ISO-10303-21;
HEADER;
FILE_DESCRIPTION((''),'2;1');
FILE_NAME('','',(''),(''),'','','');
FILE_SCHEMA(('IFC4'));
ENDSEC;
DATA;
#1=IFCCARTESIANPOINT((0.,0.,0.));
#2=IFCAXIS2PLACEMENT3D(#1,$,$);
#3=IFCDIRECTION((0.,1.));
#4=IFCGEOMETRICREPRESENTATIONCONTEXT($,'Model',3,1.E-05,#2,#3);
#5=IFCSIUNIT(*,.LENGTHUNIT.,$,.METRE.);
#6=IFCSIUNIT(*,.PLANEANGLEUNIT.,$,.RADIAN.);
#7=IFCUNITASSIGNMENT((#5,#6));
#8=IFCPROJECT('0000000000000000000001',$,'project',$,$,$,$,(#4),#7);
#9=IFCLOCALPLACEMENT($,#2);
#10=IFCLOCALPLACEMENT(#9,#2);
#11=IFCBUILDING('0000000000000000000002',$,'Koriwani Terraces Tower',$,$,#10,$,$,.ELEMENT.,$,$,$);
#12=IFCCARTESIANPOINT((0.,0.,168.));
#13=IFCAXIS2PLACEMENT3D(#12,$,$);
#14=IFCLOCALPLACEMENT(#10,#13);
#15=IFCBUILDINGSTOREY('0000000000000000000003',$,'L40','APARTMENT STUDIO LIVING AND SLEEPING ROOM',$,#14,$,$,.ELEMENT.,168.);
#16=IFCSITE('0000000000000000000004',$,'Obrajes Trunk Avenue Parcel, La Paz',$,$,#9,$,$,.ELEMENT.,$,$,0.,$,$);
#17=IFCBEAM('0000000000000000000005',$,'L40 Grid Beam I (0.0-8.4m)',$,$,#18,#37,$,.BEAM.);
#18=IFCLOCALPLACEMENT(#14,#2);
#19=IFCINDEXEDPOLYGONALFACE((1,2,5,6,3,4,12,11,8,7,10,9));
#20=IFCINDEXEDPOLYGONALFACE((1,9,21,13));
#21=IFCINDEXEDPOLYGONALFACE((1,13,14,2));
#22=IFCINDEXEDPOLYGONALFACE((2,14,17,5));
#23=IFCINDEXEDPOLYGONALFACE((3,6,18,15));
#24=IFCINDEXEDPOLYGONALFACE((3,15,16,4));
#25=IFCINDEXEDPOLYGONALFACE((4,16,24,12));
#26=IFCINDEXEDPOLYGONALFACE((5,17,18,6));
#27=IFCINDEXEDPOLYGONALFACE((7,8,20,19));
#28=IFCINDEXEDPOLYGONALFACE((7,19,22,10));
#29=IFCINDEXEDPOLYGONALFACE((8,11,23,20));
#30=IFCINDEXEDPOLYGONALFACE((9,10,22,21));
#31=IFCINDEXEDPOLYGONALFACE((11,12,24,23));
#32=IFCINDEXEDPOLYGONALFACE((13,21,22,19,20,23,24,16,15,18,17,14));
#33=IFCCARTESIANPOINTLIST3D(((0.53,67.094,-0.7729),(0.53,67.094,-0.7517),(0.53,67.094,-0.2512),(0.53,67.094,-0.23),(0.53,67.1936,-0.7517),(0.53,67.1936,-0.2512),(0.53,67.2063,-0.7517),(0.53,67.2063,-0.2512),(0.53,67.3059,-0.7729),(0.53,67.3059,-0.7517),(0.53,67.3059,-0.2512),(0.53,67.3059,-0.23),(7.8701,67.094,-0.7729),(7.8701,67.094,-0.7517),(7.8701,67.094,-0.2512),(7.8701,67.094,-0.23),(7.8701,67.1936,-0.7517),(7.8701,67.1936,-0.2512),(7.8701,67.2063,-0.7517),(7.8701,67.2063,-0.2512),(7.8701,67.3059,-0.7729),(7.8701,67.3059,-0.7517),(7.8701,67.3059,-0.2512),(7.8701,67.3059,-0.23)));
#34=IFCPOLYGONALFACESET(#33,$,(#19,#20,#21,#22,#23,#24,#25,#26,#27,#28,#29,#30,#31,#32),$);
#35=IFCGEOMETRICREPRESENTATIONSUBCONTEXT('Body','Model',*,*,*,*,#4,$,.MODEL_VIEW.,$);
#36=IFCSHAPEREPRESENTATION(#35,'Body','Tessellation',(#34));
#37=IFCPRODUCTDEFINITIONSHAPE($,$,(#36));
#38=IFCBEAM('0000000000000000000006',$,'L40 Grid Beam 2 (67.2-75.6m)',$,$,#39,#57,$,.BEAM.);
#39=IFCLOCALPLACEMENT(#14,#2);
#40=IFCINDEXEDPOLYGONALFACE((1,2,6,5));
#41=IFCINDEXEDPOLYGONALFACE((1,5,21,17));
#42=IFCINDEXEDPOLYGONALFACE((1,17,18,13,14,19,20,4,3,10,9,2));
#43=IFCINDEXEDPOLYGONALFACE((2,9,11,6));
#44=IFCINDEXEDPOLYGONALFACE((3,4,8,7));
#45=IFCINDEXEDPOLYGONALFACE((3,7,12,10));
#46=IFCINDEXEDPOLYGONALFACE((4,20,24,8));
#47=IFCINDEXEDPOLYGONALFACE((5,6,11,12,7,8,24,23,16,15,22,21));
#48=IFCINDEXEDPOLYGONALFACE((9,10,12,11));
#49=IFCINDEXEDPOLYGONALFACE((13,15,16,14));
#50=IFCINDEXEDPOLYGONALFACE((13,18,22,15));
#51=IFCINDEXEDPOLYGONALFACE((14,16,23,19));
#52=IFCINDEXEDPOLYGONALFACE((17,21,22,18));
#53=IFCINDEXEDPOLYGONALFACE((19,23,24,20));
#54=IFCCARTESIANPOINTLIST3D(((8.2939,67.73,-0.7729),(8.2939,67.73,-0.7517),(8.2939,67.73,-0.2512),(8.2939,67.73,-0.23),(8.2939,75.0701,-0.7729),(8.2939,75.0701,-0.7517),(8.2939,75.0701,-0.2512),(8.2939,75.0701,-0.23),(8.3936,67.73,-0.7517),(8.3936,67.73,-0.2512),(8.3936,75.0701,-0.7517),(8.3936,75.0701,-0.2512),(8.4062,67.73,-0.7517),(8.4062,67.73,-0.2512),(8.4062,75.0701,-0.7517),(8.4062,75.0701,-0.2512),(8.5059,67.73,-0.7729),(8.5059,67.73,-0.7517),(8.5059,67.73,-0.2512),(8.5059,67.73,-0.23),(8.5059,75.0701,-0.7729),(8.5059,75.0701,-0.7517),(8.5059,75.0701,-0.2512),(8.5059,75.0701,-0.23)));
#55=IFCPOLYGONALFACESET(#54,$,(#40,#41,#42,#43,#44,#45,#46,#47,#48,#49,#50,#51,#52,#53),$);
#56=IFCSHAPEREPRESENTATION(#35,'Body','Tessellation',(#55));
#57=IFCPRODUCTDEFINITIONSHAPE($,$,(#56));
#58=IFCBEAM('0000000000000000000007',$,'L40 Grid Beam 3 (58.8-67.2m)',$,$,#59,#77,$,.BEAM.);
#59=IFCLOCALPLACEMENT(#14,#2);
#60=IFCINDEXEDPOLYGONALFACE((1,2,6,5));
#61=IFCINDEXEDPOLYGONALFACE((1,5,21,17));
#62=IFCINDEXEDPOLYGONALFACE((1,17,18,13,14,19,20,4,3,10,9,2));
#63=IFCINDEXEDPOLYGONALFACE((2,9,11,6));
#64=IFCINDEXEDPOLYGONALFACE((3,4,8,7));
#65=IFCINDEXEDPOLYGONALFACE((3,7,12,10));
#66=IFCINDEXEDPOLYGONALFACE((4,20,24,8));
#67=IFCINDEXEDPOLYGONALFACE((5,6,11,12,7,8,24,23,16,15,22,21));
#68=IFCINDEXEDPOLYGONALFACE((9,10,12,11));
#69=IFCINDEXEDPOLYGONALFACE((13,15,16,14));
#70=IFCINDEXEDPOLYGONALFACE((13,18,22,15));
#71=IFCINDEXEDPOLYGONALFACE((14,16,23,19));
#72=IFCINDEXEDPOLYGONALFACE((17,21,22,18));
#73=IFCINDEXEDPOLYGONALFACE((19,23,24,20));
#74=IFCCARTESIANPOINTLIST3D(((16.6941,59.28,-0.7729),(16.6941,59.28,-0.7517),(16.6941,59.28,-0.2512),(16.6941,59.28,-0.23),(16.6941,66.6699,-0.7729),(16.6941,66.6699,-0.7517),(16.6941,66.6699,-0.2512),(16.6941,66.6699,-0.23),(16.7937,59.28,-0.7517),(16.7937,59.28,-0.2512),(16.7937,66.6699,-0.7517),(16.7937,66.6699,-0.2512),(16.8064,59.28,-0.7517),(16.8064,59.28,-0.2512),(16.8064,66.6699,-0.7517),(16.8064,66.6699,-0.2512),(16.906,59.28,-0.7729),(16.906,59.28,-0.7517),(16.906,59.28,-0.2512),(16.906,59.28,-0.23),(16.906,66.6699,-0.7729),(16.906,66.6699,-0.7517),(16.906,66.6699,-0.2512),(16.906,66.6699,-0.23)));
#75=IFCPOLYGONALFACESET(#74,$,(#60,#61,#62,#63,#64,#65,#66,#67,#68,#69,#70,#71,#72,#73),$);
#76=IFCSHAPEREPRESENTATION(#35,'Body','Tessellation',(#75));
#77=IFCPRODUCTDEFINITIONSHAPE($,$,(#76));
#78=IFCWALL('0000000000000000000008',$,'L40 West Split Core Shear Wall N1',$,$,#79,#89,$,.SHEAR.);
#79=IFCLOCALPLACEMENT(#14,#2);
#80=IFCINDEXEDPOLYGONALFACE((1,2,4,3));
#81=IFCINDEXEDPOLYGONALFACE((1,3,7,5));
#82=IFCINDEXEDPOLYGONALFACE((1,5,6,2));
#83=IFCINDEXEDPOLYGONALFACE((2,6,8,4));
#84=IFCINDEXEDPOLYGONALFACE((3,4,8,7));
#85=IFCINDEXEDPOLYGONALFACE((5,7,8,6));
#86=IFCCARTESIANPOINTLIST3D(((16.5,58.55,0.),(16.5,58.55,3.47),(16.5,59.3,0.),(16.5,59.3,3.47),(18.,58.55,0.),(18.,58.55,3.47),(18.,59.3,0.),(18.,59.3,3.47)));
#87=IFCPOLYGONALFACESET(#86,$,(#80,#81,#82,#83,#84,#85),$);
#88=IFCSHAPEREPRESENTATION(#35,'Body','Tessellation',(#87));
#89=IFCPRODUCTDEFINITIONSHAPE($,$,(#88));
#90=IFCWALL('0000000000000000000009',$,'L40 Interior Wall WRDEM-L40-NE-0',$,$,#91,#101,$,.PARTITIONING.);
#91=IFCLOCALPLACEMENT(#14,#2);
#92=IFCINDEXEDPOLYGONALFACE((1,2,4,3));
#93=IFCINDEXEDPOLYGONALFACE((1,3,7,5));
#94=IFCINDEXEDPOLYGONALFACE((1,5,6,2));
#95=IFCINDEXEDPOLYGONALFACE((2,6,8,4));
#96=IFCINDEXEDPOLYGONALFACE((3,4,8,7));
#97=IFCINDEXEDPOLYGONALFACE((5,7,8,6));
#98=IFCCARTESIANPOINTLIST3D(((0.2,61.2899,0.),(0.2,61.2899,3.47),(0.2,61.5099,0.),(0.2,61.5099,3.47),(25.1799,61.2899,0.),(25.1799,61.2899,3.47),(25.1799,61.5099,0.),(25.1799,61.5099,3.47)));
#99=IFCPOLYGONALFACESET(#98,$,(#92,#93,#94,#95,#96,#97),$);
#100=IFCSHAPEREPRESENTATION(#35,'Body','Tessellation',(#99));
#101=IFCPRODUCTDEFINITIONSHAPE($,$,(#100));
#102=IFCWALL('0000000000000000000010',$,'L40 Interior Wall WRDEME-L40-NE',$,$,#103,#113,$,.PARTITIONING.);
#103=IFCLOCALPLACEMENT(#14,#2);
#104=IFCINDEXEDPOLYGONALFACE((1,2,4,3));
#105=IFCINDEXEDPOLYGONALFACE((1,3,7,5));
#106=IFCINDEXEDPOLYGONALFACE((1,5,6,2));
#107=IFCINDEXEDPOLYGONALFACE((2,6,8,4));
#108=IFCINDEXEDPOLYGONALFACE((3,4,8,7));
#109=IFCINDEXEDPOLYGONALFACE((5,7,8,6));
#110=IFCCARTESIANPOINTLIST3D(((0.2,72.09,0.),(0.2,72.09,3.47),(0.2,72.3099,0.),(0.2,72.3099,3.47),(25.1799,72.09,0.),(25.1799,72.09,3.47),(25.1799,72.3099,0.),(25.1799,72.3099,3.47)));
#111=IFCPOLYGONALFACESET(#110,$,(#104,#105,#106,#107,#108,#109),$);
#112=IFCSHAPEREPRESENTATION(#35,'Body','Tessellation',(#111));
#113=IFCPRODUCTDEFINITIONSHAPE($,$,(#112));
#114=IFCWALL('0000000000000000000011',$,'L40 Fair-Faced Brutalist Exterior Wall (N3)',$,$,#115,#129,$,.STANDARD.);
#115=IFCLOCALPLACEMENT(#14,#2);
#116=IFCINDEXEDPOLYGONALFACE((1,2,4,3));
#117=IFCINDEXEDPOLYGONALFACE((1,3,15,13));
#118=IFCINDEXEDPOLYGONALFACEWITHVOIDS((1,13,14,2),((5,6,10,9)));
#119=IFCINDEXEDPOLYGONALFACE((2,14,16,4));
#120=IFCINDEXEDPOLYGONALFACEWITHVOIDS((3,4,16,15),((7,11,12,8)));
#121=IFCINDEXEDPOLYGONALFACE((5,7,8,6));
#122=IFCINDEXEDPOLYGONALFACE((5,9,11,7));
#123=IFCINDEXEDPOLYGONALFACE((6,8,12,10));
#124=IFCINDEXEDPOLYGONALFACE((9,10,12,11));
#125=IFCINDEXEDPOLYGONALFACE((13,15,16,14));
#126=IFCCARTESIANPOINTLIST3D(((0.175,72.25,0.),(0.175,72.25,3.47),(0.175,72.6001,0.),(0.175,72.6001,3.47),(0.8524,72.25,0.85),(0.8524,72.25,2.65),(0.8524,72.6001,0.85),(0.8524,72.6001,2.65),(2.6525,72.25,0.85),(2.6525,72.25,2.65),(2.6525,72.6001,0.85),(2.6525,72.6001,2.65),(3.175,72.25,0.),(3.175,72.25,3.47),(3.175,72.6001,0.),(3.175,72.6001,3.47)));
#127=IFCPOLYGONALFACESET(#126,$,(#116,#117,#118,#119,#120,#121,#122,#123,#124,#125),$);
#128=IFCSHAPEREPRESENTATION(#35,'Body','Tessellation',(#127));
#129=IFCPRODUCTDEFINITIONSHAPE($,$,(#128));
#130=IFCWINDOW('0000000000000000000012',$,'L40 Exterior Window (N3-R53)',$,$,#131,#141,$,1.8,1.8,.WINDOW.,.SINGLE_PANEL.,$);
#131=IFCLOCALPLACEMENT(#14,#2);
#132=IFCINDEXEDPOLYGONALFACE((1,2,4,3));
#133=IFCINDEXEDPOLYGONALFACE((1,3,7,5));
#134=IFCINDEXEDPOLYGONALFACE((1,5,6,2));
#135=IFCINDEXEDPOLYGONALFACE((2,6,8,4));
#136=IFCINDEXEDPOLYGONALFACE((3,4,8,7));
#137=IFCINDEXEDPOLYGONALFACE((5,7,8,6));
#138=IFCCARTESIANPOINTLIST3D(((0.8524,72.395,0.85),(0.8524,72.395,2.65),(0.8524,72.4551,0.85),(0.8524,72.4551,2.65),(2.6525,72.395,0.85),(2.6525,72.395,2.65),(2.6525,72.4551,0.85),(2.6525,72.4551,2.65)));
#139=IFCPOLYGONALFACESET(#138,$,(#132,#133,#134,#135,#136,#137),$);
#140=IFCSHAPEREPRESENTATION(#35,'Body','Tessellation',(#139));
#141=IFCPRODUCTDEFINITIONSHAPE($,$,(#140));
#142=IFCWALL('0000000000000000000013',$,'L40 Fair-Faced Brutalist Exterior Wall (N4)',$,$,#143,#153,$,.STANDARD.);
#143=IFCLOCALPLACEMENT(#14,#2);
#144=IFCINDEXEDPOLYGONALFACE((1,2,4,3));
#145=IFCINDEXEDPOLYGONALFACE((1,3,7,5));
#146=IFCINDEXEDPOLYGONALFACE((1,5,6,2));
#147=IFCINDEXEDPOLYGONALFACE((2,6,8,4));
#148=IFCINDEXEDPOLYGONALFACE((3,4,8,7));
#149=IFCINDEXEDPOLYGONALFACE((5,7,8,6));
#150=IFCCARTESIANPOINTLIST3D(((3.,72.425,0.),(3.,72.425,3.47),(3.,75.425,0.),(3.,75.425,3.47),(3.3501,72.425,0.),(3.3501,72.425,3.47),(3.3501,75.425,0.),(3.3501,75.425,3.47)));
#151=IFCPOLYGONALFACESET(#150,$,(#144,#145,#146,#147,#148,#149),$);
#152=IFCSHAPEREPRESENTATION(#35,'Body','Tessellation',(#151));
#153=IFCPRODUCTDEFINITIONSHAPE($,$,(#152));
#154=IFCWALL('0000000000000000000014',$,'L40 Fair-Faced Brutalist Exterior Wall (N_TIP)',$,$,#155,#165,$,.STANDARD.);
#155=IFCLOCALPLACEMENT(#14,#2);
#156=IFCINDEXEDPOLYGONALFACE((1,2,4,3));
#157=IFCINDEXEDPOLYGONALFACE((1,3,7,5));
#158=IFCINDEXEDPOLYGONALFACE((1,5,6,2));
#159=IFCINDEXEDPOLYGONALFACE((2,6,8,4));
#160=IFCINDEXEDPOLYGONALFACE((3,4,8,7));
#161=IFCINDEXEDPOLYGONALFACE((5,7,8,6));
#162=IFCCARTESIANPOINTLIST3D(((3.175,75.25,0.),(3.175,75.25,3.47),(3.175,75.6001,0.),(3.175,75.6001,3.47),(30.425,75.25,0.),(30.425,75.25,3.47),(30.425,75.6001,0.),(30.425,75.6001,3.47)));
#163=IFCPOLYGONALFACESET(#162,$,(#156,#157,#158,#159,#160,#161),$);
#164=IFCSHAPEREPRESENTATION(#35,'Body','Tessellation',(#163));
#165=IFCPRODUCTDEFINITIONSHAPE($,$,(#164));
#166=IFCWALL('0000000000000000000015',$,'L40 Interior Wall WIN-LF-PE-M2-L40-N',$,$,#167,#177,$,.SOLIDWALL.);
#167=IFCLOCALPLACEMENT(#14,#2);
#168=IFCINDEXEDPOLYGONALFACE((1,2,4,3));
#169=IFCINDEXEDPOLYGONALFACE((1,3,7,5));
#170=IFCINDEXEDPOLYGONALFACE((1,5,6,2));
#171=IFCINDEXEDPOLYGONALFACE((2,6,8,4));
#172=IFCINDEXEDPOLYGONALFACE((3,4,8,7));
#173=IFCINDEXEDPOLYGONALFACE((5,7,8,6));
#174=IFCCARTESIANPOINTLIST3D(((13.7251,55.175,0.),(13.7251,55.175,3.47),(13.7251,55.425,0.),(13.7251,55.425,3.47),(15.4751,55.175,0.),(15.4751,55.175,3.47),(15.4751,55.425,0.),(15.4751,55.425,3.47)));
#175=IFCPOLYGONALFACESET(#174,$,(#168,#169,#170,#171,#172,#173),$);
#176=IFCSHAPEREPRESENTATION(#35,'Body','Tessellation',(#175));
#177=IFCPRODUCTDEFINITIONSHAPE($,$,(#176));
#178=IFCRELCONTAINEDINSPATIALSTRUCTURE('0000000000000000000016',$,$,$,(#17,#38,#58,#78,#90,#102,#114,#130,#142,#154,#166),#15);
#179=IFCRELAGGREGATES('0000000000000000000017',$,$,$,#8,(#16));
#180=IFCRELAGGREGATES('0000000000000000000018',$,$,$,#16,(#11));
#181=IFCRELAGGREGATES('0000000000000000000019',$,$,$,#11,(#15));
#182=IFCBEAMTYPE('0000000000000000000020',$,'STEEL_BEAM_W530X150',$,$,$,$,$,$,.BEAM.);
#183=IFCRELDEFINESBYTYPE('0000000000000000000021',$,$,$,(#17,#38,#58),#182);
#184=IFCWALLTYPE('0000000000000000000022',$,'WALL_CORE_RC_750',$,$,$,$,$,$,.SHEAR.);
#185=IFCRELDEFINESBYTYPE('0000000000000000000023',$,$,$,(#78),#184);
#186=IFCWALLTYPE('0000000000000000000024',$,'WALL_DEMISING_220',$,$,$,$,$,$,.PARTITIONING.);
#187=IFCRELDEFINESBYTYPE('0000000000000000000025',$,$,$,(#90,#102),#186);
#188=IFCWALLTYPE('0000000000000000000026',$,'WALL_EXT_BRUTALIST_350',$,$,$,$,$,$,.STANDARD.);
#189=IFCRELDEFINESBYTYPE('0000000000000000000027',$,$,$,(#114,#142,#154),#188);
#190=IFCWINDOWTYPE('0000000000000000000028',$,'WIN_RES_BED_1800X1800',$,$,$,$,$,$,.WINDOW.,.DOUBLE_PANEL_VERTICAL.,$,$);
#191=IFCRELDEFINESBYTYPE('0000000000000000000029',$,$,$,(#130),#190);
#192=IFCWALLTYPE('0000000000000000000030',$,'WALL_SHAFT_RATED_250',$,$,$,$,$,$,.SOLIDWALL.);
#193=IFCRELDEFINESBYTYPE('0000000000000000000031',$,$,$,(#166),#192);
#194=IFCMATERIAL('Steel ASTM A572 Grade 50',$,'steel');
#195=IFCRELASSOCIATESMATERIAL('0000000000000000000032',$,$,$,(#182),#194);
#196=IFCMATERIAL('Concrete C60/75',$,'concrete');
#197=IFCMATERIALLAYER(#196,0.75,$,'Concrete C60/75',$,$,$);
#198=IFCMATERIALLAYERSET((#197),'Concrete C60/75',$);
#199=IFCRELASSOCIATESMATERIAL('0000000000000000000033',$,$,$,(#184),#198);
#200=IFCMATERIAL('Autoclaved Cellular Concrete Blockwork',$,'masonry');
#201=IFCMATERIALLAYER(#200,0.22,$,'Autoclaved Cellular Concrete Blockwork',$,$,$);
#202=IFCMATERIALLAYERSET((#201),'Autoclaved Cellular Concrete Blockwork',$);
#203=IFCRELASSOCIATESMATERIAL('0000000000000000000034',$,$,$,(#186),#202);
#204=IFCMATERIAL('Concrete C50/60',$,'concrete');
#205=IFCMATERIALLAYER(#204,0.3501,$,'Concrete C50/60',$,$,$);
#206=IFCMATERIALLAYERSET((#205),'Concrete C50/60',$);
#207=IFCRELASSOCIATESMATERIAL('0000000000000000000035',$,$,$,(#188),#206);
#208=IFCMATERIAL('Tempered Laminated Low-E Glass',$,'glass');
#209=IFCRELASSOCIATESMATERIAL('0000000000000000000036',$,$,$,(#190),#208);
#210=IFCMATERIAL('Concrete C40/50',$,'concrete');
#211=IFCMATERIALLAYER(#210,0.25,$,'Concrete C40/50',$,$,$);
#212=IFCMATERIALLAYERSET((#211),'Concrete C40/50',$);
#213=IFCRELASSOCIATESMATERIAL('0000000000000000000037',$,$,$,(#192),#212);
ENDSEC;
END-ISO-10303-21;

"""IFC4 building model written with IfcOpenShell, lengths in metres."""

from ifc_helpers import new_model, si_unit, direction, frame, frame_2d, origin, origin_2d, place, context, subcontext, project, spatial, rectangle, i_section, extrude, material, layer, layer_set, material_profile, profile_set, type_object, element, fill, save


model = new_model("IFC4")

# Units and contexts
model_context = context("Model", 3, precision=1e-05, world=origin(), true_north=direction((0.0, 1.0)))
body_context = subcontext(model_context, "Body", "Model", "MODEL_VIEW")
ifc_project = project(units=[si_unit("LENGTHUNIT", "METRE"), si_unit("PLANEANGLEUNIT", "RADIAN")], contexts=[model_context])

# Site, building, storey
site_placement = place(None, origin())
site = spatial("IfcSite", under=ifc_project, at=site_placement, Name="Obrajes Trunk Avenue Parcel, La Paz", CompositionType="ELEMENT", RefElevation=0.0)
building_placement = place(site_placement, origin())
building = spatial("IfcBuilding", under=site, at=building_placement, Name="Koriwani Terraces Tower", CompositionType="ELEMENT")
storey_placement = place(building_placement, frame((0.0, 0.0, 168.0)))
storey = spatial("IfcBuildingStorey", under=building, at=storey_placement, Name="L40", Description="APARTMENT STUDIO LIVING AND SLEEPING ROOM", CompositionType="ELEMENT", Elevation=168.0)

# Shared definitions
ifc_material_1 = material(Name="Concrete C50/60", Category="concrete")

# Beams
ifc_material_2 = material(Name="Concrete C40/50", Category="concrete")
ifc_material_3 = material(Name="Steel ASTM A572 Grade 50", Category="steel")
ifc_material_profile_1 = material_profile(ifc_material_3, i_section(OverallWidth=0.2119, OverallDepth=0.543, WebThickness=0.0127, FlangeThickness=0.0212, at=origin_2d()), Name="Steel ASTM A572 Grade 50", Category="LoadBearing")
ifc_profile_set_1 = profile_set([ifc_material_profile_1], Name="Steel ASTM A572 Grade 50")
beam_type_1 = type_object("IfcBeamType", Name="STEEL_BEAM_W530X150", PredefinedType="BEAM", material=ifc_profile_set_1)
for number, where, z_axis, x_axis, name in (
    (1, (0.53, 67.2, -0.5015), (1.0, 0.0, 0.0), (0.0, 1.0, 0.0), "L40 Grid Beam I (0.0-8.4m)"),
    (2, (8.3999, 67.73, -0.5015), (0.0, 1.0, 0.0), (-1.0, 0.0, 0.0), "L40 Grid Beam 2 (67.2-75.6m)"),
):
    element("IfcBeam", number, at=place(storey_placement, frame(where, z_axis=z_axis, x_axis=x_axis)), inside=storey, type_object=beam_type_1, Name=name, PredefinedType="BEAM", context=body_context, shape_type="SweptSolid", body=[
        extrude(i_section(OverallWidth=0.2119, OverallDepth=0.543, WebThickness=0.0127, FlangeThickness=0.0212, at=origin_2d()), origin(), (0.0, 0.0, 1.0), 7.3401),
    ])
beam_1_placement = place(storey_placement, frame((16.8, 59.28, -0.5015), z_axis=(0.0, 1.0, 0.0), x_axis=(-1.0, 0.0, 0.0)))
element("IfcBeam", 3, at=beam_1_placement, inside=storey, type_object=beam_type_1, Name="L40 Grid Beam 3 (58.8-67.2m)", PredefinedType="BEAM", context=body_context, shape_type="SweptSolid", body=[
    extrude(i_section(OverallWidth=0.2119, OverallDepth=0.543, WebThickness=0.0127, FlangeThickness=0.0212, at=origin_2d()), origin(), (0.0, 0.0, 1.0), 7.3899),
])

# Walls
ifc_material_4 = material(Name="Concrete C60/75", Category="concrete")
ifc_layer_1 = layer(ifc_material_4, 0.75, Name="Concrete C60/75")
ifc_layer_set_1 = layer_set([ifc_layer_1], Name="Concrete C60/75")
wall_type_1 = type_object("IfcWallType", Name="WALL_CORE_RC_750", PredefinedType="SHEAR", material=ifc_layer_set_1)
wall_1_placement = place(storey_placement, frame((16.5, 58.925, 0.0), z_axis=(0.0, 0.0, 1.0), x_axis=(1.0, 0.0, 0.0)))
element("IfcWall", 4, at=wall_1_placement, inside=storey, type_object=wall_type_1, Name="L40 West Split Core Shear Wall N1", PredefinedType="SHEAR", context=body_context, shape_type="SweptSolid", body=[
    extrude(rectangle(XDim=1.5, YDim=0.75, at=frame_2d((0.75, 0.0))), origin(), (0.0, 0.0, 1.0), 3.47),
])
ifc_material_5 = material(Name="Autoclaved Cellular Concrete Blockwork", Category="masonry")
ifc_layer_2 = layer(ifc_material_5, 0.22, Name="Autoclaved Cellular Concrete Blockwork")
ifc_layer_set_2 = layer_set([ifc_layer_2], Name="Autoclaved Cellular Concrete Blockwork")
wall_type_2 = type_object("IfcWallType", Name="WALL_DEMISING_220", PredefinedType="PARTITIONING", material=ifc_layer_set_2)
for number, where, z_axis, x_axis, name in (
    (5, (0.2, 61.3999, 0.0), (0.0, 0.0, 1.0), (1.0, 0.0, 0.0), "L40 Interior Wall WRDEM-L40-NE-0"),
    (6, (0.2, 72.2, 0.0), (0.0, 0.0, 1.0), (1.0, 0.0, 0.0), "L40 Interior Wall WRDEME-L40-NE"),
):
    element("IfcWall", number, at=place(storey_placement, frame(where, z_axis=z_axis, x_axis=x_axis)), inside=storey, type_object=wall_type_2, Name=name, PredefinedType="PARTITIONING", context=body_context, shape_type="SweptSolid", body=[
        extrude(rectangle(XDim=24.98, YDim=0.22, at=frame_2d((12.49, 0.0))), origin(), (0.0, 0.0, 1.0), 3.47),
    ])

# Wall, opening, window
ifc_layer_3 = layer(ifc_material_1, 0.3501, Name="Concrete C50/60")
ifc_layer_set_3 = layer_set([ifc_layer_3], Name="Concrete C50/60")
wall_type_3 = type_object("IfcWallType", Name="WALL_EXT_BRUTALIST_350", PredefinedType="STANDARD", material=ifc_layer_set_3)
wall_2_placement = place(storey_placement, frame((0.175, 72.425, 0.0), z_axis=(0.0, 0.0, 1.0), x_axis=(1.0, 0.0, 0.0)))
wall_2 = element("IfcWall", 7, at=wall_2_placement, inside=storey, type_object=wall_type_3, Name="L40 Fair-Faced Brutalist Exterior Wall (N3)", PredefinedType="STANDARD", context=body_context, shape_type="SweptSolid", body=[
    extrude(rectangle(XDim=3.0, YDim=0.3501, at=frame_2d((1.5, 0.0))), origin(), (0.0, 0.0, 1.0), 3.47),
])
opening_placement = place(wall_2_placement, frame((0.6775, 0.0, 0.8501)))
opening = element("IfcOpeningElement", 8, at=opening_placement, cuts=wall_2, PredefinedType="OPENING", context=body_context, shape_type="SweptSolid", body=[
    extrude(rectangle(XDim=1.8, YDim=1.8, at=frame_2d((0.8999, 0.8999))), frame((0.0, 0.1851, 0.0), z_axis=(0.0, -1.0, 0.0), x_axis=(1.0, 0.0, 0.0)), (0.0, 0.0, 1.0), 0.3701),
])
ifc_material_6 = material(Name="Tempered Laminated Low-E Glass", Category="glass")
window_type = type_object("IfcWindowType", Name="WIN_RES_BED_1800X1800", PartitioningType="DOUBLE_PANEL_VERTICAL", PredefinedType="WINDOW", material=ifc_material_6)
window_placement = place(opening_placement, origin())
window = element("IfcWindow", 9, at=window_placement, inside=storey, type_object=window_type, Name="L40 Exterior Window (N3-R53)", OverallHeight=1.8, OverallWidth=1.8, PartitioningType="SINGLE_PANEL", PredefinedType="WINDOW", context=body_context, shape_type="SweptSolid", body=[
    extrude(rectangle(XDim=1.8, YDim=1.8, at=frame_2d((0.8999, 0.8999))), frame((0.0, 0.03, 0.0), z_axis=(0.0, -1.0, 0.0), x_axis=(1.0, 0.0, 0.0)), (0.0, 0.0, 1.0), 0.0601),
])
fill(opening, window)

# Walls
wall_3_placement = place(storey_placement, frame((3.175, 72.425, 0.0), z_axis=(0.0, 0.0, 1.0), x_axis=(0.0, 1.0, 0.0)))
element("IfcWall", 10, at=wall_3_placement, inside=storey, type_object=wall_type_3, Name="L40 Fair-Faced Brutalist Exterior Wall (N4)", PredefinedType="STANDARD", context=body_context, shape_type="SweptSolid", body=[
    extrude(rectangle(XDim=3.0, YDim=0.3501, at=frame_2d((1.5, 0.0))), origin(), (0.0, 0.0, 1.0), 3.47),
])
wall_4_placement = place(storey_placement, frame((3.175, 75.425, 0.0), z_axis=(0.0, 0.0, 1.0), x_axis=(1.0, 0.0, 0.0)))
element("IfcWall", 11, at=wall_4_placement, inside=storey, type_object=wall_type_3, Name="L40 Fair-Faced Brutalist Exterior Wall (N_TIP)", PredefinedType="STANDARD", context=body_context, shape_type="SweptSolid", body=[
    extrude(rectangle(XDim=27.25, YDim=0.3501, at=frame_2d((13.625, 0.0))), origin(), (0.0, 0.0, 1.0), 3.47),
])
ifc_layer_4 = layer(ifc_material_2, 0.25, Name="Concrete C40/50")
ifc_layer_set_4 = layer_set([ifc_layer_4], Name="Concrete C40/50")
wall_type_4 = type_object("IfcWallType", Name="WALL_SHAFT_RATED_250", PredefinedType="SOLIDWALL", material=ifc_layer_set_4)
wall_5_placement = place(storey_placement, frame((13.7251, 55.3, 0.0), z_axis=(0.0, 0.0, 1.0), x_axis=(1.0, 0.0, 0.0)))
element("IfcWall", 12, at=wall_5_placement, inside=storey, type_object=wall_type_4, Name="L40 Interior Wall WIN-LF-PE-M2-L40-N", PredefinedType="SOLIDWALL", context=body_context, shape_type="SweptSolid", body=[
    extrude(rectangle(XDim=1.75, YDim=0.25, at=frame_2d((0.875, 0.0))), origin(), (0.0, 0.0, 1.0), 3.47),
])

save(model, "model.ifc")
